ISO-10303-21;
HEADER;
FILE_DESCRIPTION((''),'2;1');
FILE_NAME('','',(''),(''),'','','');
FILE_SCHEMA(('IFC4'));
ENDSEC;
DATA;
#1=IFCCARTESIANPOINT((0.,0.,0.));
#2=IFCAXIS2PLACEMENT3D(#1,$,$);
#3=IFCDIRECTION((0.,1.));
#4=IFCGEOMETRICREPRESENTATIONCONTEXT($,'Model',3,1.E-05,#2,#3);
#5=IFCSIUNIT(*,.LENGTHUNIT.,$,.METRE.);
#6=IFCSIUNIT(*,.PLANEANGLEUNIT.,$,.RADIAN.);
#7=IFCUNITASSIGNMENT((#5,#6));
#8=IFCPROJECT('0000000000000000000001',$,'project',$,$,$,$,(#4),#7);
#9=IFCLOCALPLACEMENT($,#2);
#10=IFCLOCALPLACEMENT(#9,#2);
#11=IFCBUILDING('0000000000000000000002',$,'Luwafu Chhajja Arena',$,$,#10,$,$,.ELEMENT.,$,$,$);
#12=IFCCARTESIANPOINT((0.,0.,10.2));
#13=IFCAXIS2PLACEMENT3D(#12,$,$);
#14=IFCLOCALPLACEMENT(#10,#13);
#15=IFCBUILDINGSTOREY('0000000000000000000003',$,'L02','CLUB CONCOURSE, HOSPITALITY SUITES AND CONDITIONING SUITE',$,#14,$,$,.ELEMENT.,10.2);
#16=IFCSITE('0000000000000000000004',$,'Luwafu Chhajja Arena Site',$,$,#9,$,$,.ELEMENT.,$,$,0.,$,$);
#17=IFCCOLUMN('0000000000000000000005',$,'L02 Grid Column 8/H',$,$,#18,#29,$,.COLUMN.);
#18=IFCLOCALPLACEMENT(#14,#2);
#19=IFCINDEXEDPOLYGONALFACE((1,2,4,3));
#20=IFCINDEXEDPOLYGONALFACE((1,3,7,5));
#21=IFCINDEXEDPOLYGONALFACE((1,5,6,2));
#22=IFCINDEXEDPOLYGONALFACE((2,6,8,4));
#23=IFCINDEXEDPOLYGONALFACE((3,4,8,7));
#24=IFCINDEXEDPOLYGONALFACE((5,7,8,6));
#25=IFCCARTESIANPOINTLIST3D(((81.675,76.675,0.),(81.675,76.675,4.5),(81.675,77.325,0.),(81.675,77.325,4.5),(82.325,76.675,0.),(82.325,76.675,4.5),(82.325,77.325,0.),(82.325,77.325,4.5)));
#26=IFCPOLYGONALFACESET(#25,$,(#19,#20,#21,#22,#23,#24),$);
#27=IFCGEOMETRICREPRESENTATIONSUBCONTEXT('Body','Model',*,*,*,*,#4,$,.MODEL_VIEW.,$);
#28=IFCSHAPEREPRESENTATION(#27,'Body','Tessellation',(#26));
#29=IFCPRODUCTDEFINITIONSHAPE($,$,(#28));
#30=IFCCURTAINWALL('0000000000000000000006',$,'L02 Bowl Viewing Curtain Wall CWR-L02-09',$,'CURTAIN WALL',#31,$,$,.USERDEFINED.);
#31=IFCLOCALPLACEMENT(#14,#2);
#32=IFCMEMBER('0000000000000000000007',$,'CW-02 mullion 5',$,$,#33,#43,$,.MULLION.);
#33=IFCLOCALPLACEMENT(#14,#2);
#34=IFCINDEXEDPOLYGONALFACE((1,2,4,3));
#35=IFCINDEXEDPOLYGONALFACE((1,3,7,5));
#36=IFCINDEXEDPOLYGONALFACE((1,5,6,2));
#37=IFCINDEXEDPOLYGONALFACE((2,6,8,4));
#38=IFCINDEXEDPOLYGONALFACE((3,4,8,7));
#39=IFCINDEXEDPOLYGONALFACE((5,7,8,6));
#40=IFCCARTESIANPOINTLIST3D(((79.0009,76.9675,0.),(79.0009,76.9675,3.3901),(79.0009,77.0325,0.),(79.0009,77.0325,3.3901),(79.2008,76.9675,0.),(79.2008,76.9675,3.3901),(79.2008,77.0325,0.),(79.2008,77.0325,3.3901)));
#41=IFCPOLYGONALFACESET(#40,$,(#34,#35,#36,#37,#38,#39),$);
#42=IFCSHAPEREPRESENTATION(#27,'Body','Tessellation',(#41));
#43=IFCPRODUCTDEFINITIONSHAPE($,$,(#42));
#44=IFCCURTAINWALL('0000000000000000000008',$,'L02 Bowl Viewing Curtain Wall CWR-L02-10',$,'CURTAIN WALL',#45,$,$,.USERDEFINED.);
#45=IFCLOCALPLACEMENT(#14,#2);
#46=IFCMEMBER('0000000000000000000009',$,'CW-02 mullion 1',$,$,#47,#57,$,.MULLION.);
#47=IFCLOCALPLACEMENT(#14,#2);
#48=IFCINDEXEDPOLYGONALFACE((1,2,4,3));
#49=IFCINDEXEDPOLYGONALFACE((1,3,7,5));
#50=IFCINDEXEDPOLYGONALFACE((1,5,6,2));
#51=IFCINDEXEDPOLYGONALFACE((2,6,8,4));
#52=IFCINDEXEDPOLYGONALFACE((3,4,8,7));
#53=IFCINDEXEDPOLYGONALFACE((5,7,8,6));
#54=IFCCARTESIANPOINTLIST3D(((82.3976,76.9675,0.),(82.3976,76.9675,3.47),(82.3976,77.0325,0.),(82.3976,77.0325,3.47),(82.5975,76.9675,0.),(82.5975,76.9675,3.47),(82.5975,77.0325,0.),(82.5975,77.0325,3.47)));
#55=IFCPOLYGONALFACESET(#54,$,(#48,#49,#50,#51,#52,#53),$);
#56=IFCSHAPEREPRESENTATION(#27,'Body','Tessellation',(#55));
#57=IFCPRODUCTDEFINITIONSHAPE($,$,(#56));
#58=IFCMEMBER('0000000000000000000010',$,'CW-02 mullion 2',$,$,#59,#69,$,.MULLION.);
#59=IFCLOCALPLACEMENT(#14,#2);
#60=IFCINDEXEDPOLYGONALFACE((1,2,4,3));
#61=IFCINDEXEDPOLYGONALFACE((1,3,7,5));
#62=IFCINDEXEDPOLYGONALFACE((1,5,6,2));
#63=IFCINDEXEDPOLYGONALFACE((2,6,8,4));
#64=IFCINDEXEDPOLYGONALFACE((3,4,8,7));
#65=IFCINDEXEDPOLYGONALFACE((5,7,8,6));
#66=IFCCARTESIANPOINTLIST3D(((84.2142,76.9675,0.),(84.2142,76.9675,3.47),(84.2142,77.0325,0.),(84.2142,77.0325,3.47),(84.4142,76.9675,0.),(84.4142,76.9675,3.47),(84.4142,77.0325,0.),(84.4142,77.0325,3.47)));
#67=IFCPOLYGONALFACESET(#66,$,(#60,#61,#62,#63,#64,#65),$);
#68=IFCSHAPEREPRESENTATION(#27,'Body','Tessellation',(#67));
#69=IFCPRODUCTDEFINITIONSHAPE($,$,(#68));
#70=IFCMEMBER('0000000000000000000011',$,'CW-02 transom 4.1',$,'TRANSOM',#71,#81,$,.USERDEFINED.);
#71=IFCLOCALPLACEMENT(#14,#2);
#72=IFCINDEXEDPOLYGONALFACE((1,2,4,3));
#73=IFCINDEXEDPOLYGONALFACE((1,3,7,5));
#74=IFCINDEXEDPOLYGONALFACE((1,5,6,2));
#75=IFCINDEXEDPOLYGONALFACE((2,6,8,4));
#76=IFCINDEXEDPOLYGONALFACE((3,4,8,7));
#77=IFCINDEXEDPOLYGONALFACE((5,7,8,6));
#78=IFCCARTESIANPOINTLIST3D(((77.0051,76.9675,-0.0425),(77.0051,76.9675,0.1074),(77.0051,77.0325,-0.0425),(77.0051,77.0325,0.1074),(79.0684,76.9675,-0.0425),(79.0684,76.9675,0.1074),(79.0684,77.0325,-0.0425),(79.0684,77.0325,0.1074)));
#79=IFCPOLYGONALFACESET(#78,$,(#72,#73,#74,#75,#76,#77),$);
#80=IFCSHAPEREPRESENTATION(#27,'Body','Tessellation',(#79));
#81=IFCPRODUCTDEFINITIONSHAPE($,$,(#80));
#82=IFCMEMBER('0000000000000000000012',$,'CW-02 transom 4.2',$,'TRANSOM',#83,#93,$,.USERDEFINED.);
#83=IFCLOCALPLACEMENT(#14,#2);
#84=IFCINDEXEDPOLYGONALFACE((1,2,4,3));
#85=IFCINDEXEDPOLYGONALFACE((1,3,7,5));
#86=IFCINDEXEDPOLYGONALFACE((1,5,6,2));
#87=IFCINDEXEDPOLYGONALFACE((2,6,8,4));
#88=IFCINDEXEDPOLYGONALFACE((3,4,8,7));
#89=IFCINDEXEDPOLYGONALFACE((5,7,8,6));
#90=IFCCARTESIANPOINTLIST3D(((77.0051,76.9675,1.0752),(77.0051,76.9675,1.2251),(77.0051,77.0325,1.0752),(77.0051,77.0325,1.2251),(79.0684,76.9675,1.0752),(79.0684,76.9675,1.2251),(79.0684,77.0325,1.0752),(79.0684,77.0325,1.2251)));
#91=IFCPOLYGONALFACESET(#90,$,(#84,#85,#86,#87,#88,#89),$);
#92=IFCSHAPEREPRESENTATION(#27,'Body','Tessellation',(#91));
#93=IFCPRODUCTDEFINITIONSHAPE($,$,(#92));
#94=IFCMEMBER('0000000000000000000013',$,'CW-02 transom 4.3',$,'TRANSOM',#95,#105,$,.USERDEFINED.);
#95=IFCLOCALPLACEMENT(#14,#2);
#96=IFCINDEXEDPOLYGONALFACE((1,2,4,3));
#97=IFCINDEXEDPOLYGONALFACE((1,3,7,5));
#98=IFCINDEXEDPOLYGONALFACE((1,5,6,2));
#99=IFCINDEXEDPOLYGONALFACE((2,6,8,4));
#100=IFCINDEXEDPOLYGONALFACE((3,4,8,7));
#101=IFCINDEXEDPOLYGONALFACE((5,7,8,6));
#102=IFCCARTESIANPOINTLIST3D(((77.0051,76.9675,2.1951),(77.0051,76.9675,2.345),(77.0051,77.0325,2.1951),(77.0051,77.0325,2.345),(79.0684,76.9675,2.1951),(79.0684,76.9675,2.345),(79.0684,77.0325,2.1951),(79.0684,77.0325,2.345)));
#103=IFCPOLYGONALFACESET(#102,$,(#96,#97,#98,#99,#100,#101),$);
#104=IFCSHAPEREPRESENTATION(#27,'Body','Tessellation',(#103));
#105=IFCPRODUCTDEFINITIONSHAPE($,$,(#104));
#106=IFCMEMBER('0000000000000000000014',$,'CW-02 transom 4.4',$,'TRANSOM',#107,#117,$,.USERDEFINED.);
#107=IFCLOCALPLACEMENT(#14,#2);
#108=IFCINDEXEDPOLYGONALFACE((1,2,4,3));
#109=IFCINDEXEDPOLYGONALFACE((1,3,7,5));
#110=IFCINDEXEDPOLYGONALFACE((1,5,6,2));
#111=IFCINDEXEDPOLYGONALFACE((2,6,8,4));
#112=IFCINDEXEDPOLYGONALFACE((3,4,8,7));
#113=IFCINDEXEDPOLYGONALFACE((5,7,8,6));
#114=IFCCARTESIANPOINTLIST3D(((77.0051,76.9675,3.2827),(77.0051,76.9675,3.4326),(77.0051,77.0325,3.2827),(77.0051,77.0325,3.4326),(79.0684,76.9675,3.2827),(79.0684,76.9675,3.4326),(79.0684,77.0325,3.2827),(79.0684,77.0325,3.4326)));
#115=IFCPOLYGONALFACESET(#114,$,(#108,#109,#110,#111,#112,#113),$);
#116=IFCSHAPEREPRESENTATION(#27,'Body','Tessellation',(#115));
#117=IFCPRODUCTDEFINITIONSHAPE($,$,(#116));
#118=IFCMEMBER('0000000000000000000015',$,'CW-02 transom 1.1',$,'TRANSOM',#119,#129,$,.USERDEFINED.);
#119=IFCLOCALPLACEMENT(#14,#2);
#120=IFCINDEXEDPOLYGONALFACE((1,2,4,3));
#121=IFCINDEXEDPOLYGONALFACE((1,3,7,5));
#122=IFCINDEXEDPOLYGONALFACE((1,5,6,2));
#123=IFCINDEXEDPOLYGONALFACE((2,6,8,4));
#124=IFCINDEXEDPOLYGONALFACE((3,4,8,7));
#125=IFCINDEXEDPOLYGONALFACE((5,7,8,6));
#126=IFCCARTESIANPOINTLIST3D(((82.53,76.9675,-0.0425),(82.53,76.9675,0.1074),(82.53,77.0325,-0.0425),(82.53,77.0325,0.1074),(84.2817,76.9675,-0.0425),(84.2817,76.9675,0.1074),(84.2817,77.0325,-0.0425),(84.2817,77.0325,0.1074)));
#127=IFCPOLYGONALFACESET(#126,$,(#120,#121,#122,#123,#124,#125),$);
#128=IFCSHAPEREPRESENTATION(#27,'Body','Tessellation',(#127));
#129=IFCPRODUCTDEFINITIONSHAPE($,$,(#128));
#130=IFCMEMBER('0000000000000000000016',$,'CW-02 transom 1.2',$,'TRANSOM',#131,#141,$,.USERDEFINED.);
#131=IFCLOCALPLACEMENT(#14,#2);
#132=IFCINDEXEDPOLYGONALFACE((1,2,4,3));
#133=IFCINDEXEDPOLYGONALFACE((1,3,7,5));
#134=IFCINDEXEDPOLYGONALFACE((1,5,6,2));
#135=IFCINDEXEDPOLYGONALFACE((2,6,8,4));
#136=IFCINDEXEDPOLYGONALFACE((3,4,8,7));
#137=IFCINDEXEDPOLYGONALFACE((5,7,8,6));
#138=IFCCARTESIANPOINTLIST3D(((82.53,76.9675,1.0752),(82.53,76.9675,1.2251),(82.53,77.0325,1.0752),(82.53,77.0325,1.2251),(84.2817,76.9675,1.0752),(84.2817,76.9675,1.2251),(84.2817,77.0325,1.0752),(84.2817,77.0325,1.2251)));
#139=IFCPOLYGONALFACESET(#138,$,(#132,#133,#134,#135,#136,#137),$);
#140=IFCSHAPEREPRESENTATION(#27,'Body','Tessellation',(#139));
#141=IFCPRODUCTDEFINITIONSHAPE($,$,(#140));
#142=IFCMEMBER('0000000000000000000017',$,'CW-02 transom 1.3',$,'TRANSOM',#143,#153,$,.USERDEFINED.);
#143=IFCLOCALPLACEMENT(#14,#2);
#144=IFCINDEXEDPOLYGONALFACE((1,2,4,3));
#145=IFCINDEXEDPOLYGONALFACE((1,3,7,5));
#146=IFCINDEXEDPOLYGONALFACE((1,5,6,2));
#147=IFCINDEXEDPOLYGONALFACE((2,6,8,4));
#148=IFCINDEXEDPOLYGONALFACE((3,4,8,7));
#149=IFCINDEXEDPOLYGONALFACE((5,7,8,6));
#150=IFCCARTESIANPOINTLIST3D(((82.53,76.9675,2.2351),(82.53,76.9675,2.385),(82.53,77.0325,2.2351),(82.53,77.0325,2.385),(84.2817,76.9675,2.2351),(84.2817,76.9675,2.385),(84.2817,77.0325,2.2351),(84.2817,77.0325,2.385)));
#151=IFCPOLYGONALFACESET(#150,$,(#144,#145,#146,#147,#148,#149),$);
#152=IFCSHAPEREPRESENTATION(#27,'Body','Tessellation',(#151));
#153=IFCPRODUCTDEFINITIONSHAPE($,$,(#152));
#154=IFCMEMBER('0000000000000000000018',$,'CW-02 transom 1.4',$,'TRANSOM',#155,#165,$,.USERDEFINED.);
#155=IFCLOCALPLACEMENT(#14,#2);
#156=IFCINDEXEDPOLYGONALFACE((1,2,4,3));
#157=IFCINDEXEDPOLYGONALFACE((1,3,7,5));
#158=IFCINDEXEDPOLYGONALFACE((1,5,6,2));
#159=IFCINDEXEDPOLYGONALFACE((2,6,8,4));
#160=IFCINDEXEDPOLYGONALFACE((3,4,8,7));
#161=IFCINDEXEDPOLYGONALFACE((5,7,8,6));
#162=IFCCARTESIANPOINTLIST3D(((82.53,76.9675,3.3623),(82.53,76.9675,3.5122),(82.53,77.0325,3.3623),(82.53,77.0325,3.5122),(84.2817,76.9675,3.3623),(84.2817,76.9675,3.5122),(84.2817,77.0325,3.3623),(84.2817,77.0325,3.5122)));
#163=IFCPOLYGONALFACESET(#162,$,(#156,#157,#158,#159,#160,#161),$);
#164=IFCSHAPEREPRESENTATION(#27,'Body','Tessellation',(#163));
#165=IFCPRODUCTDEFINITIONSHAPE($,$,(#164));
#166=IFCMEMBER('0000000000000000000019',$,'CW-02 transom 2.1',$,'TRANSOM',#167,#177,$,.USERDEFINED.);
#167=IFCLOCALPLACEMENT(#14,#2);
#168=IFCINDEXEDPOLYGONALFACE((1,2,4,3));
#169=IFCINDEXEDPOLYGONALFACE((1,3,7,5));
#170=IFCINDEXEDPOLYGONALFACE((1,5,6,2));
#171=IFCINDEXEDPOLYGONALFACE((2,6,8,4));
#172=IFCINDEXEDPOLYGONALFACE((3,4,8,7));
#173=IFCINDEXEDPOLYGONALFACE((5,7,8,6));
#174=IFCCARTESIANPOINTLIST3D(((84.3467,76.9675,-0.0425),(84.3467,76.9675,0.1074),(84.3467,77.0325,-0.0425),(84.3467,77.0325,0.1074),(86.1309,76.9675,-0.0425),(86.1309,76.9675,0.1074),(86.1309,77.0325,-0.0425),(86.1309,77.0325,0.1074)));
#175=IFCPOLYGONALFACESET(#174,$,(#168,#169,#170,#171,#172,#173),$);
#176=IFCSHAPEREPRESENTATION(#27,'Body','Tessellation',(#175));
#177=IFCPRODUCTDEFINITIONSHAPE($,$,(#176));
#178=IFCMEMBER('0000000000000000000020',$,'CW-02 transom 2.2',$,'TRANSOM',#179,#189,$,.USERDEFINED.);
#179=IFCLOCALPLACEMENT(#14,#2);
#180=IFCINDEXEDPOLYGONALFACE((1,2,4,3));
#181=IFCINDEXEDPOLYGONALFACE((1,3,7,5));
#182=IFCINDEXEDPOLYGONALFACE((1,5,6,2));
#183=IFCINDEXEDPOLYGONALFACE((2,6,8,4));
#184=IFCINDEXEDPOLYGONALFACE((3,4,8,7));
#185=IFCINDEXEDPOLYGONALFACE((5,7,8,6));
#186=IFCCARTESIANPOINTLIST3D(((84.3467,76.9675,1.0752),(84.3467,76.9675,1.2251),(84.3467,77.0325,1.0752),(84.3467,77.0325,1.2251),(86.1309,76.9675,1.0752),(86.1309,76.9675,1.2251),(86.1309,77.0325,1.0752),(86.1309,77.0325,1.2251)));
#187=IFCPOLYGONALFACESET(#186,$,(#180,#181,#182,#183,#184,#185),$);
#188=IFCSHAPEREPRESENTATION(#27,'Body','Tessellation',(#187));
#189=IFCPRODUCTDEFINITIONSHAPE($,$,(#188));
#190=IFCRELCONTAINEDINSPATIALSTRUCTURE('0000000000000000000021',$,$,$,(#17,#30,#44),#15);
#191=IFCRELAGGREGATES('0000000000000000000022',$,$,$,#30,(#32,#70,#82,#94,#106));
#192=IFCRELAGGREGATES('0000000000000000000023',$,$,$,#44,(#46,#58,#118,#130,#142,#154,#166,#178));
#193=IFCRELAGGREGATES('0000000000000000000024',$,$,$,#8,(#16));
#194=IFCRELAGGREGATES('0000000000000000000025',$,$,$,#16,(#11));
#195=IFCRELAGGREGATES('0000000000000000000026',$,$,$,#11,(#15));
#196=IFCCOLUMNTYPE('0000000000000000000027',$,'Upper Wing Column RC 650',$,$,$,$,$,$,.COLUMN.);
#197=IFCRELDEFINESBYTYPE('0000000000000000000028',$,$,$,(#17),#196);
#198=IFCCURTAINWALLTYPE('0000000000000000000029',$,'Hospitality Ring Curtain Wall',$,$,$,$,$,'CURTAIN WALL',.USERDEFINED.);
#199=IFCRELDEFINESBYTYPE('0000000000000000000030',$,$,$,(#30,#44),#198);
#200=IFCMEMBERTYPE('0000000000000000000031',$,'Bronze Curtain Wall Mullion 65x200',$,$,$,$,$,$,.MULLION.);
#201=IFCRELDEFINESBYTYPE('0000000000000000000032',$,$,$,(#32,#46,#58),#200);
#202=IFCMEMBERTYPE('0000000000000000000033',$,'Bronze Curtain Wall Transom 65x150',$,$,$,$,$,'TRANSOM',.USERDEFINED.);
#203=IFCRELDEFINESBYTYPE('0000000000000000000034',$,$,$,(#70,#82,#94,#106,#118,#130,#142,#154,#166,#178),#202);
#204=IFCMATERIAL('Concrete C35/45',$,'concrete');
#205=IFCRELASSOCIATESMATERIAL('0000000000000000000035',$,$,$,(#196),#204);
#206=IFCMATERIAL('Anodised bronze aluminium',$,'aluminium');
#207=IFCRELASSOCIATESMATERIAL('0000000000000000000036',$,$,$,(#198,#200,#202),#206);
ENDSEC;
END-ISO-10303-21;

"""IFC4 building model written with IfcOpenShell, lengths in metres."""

from ifc_helpers import new_model, si_unit, direction, frame, origin, origin_2d, place, context, subcontext, project, spatial, rectangle, extrude, material, material_profile, profile_set, type_object, element, aggregate, save


model = new_model("IFC4")

# Units and contexts
model_context = context("Model", 3, precision=1e-05, world=origin(), true_north=direction((0.0, 1.0)))
body_context = subcontext(model_context, "Body", "Model", "MODEL_VIEW")
ifc_project = project(units=[si_unit("LENGTHUNIT", "METRE"), si_unit("PLANEANGLEUNIT", "RADIAN")], contexts=[model_context])

# Site, building, storey
site_placement = place(None, origin())
site = spatial("IfcSite", under=ifc_project, at=site_placement, Name="Luwafu Chhajja Arena Site", CompositionType="ELEMENT", RefElevation=0.0)
building_placement = place(site_placement, origin())
building = spatial("IfcBuilding", under=site, at=building_placement, Name="Luwafu Chhajja Arena", CompositionType="ELEMENT")
storey_placement = place(building_placement, frame((0.0, 0.0, 10.2)))
storey = spatial("IfcBuildingStorey", under=building, at=storey_placement, Name="L02", Description="CLUB CONCOURSE, HOSPITALITY SUITES AND CONDITIONING SUITE", CompositionType="ELEMENT", Elevation=10.2)

# Column
ifc_material_1 = material(Name="Concrete C35/45", Category="concrete")
ifc_material_profile_1 = material_profile(ifc_material_1, rectangle(XDim=0.6499, YDim=0.6499, at=origin_2d()), Name="RC 650x650")
ifc_profile_set_1 = profile_set([ifc_material_profile_1], Name="Concrete C35/45")
column_type = type_object("IfcColumnType", Name="Upper Wing Column RC 650", PredefinedType="COLUMN", material=ifc_profile_set_1)
column_placement = place(storey_placement, frame((82.0, 77.0, 0.0), z_axis=(0.0, 0.0, 1.0), x_axis=(1.0, 0.0, 0.0)))
element("IfcColumn", 1, at=column_placement, inside=storey, type_object=column_type, Name="L02 Grid Column 8/H", PredefinedType="COLUMN", context=body_context, shape_type="SweptSolid", body=[
    extrude(rectangle(XDim=0.6499, YDim=0.6499, at=origin_2d()), origin(), (0.0, 0.0, 1.0), 4.5),
])

# Curtain wall, member
ifc_material_2 = material(Name="Anodised bronze aluminium", Category="aluminium")
curtain_wall_type = type_object("IfcCurtainWallType", Name="Hospitality Ring Curtain Wall", ElementType="CURTAIN WALL", PredefinedType="USERDEFINED", material=ifc_material_2)
curtain_wall_1_placement = place(storey_placement, origin())
curtain_wall_1 = element("IfcCurtainWall", 2, at=curtain_wall_1_placement, inside=storey, type_object=curtain_wall_type, Name="L02 Bowl Viewing Curtain Wall CWR-L02-09", ObjectType="CURTAIN WALL", PredefinedType="USERDEFINED")
ifc_material_profile_2 = material_profile(ifc_material_2, rectangle(XDim=0.0649, YDim=0.2, at=origin_2d()), Name="CWM 65x200")
ifc_profile_set_2 = profile_set([ifc_material_profile_2], Name="Anodised bronze aluminium")
member_type_1 = type_object("IfcMemberType", Name="Bronze Curtain Wall Mullion 65x200", PredefinedType="MULLION", material=ifc_profile_set_2)
member_1_placement = place(storey_placement, frame((79.1008, 77.0, 0.0), z_axis=(0.0, 0.0, 1.0), x_axis=(0.0, 1.0, 0.0)))
member_1 = element("IfcMember", 3, at=member_1_placement, type_object=member_type_1, Name="CW-02 mullion 5", PredefinedType="MULLION", context=body_context, shape_type="SweptSolid", body=[
    extrude(rectangle(XDim=0.0649, YDim=0.2, at=origin_2d()), origin(), (0.0, 0.0, 1.0), 3.3901),
])

# Curtain wall, members
curtain_wall_2_placement = place(storey_placement, origin())
curtain_wall_2 = element("IfcCurtainWall", 4, at=curtain_wall_2_placement, inside=storey, type_object=curtain_wall_type, Name="L02 Bowl Viewing Curtain Wall CWR-L02-10", ObjectType="CURTAIN WALL", PredefinedType="USERDEFINED")
member_2_placement = place(storey_placement, frame((82.4976, 77.0, 0.0), z_axis=(0.0, 0.0, 1.0), x_axis=(0.0, 1.0, 0.0)))
member_2 = element("IfcMember", 5, at=member_2_placement, type_object=member_type_1, Name="CW-02 mullion 1", PredefinedType="MULLION", context=body_context, shape_type="SweptSolid", body=[
    extrude(rectangle(XDim=0.0649, YDim=0.2, at=origin_2d()), origin(), (0.0, 0.0, 1.0), 3.47),
])
member_3_placement = place(storey_placement, frame((84.3142, 77.0, 0.0), z_axis=(0.0, 0.0, 1.0), x_axis=(0.0, 1.0, 0.0)))
member_3 = element("IfcMember", 6, at=member_3_placement, type_object=member_type_1, Name="CW-02 mullion 2", PredefinedType="MULLION", context=body_context, shape_type="SweptSolid", body=[
    extrude(rectangle(XDim=0.0649, YDim=0.2, at=origin_2d()), origin(), (0.0, 0.0, 1.0), 3.47),
])

# Members
ifc_material_profile_3 = material_profile(ifc_material_2, rectangle(XDim=0.0649, YDim=0.1499, at=origin_2d()), Name="CWT 65x150")
ifc_profile_set_3 = profile_set([ifc_material_profile_3], Name="Anodised bronze aluminium")
member_type_2 = type_object("IfcMemberType", Name="Bronze Curtain Wall Transom 65x150", ElementType="TRANSOM", PredefinedType="USERDEFINED", material=ifc_profile_set_3)
member_4_placement = place(storey_placement, frame((77.0051, 77.0, 0.0325), z_axis=(1.0, 0.0, 0.0), x_axis=(0.0, 1.0, 0.0)))
member_4 = element("IfcMember", 7, at=member_4_placement, type_object=member_type_2, Name="CW-02 transom 4.1", ObjectType="TRANSOM", PredefinedType="USERDEFINED", context=body_context, shape_type="SweptSolid", body=[
    extrude(rectangle(XDim=0.0649, YDim=0.1499, at=origin_2d()), origin(), (0.0, 0.0, 1.0), 2.0632),
])
member_5_placement = place(storey_placement, frame((77.0051, 77.0, 1.1501), z_axis=(1.0, 0.0, 0.0), x_axis=(0.0, 1.0, 0.0)))
member_5 = element("IfcMember", 8, at=member_5_placement, type_object=member_type_2, Name="CW-02 transom 4.2", ObjectType="TRANSOM", PredefinedType="USERDEFINED", context=body_context, shape_type="SweptSolid", body=[
    extrude(rectangle(XDim=0.0649, YDim=0.1499, at=origin_2d()), origin(), (0.0, 0.0, 1.0), 2.0632),
])
member_6_placement = place(storey_placement, frame((77.0051, 77.0, 2.27), z_axis=(1.0, 0.0, 0.0), x_axis=(0.0, 1.0, 0.0)))
member_6 = element("IfcMember", 9, at=member_6_placement, type_object=member_type_2, Name="CW-02 transom 4.3", ObjectType="TRANSOM", PredefinedType="USERDEFINED", context=body_context, shape_type="SweptSolid", body=[
    extrude(rectangle(XDim=0.0649, YDim=0.1499, at=origin_2d()), origin(), (0.0, 0.0, 1.0), 2.0632),
])
member_7_placement = place(storey_placement, frame((77.0051, 77.0, 3.3577), z_axis=(1.0, 0.0, 0.0), x_axis=(0.0, 1.0, 0.0)))
member_7 = element("IfcMember", 10, at=member_7_placement, type_object=member_type_2, Name="CW-02 transom 4.4", ObjectType="TRANSOM", PredefinedType="USERDEFINED", context=body_context, shape_type="SweptSolid", body=[
    extrude(rectangle(XDim=0.0649, YDim=0.1499, at=origin_2d()), origin(), (0.0, 0.0, 1.0), 2.0632),
])
member_8_placement = place(storey_placement, frame((82.53, 77.0, 0.0325), z_axis=(1.0, 0.0, 0.0), x_axis=(0.0, 1.0, 0.0)))
member_8 = element("IfcMember", 11, at=member_8_placement, type_object=member_type_2, Name="CW-02 transom 1.1", ObjectType="TRANSOM", PredefinedType="USERDEFINED", context=body_context, shape_type="SweptSolid", body=[
    extrude(rectangle(XDim=0.0649, YDim=0.1499, at=origin_2d()), origin(), (0.0, 0.0, 1.0), 1.7517),
])
member_9_placement = place(storey_placement, frame((82.53, 77.0, 1.1501), z_axis=(1.0, 0.0, 0.0), x_axis=(0.0, 1.0, 0.0)))
member_9 = element("IfcMember", 12, at=member_9_placement, type_object=member_type_2, Name="CW-02 transom 1.2", ObjectType="TRANSOM", PredefinedType="USERDEFINED", context=body_context, shape_type="SweptSolid", body=[
    extrude(rectangle(XDim=0.0649, YDim=0.1499, at=origin_2d()), origin(), (0.0, 0.0, 1.0), 1.7517),
])
member_10_placement = place(storey_placement, frame((82.53, 77.0, 2.3101), z_axis=(1.0, 0.0, 0.0), x_axis=(0.0, 1.0, 0.0)))
member_10 = element("IfcMember", 13, at=member_10_placement, type_object=member_type_2, Name="CW-02 transom 1.3", ObjectType="TRANSOM", PredefinedType="USERDEFINED", context=body_context, shape_type="SweptSolid", body=[
    extrude(rectangle(XDim=0.0649, YDim=0.1499, at=origin_2d()), origin(), (0.0, 0.0, 1.0), 1.7517),
])
member_11_placement = place(storey_placement, frame((82.53, 77.0, 3.4373), z_axis=(1.0, 0.0, 0.0), x_axis=(0.0, 1.0, 0.0)))
member_11 = element("IfcMember", 14, at=member_11_placement, type_object=member_type_2, Name="CW-02 transom 1.4", ObjectType="TRANSOM", PredefinedType="USERDEFINED", context=body_context, shape_type="SweptSolid", body=[
    extrude(rectangle(XDim=0.0649, YDim=0.1499, at=origin_2d()), origin(), (0.0, 0.0, 1.0), 1.7517),
])
member_12_placement = place(storey_placement, frame((84.3467, 77.0, 0.0325), z_axis=(1.0, 0.0, 0.0), x_axis=(0.0, 1.0, 0.0)))
member_12 = element("IfcMember", 15, at=member_12_placement, type_object=member_type_2, Name="CW-02 transom 2.1", ObjectType="TRANSOM", PredefinedType="USERDEFINED", context=body_context, shape_type="SweptSolid", body=[
    extrude(rectangle(XDim=0.0649, YDim=0.1499, at=origin_2d()), origin(), (0.0, 0.0, 1.0), 1.7842),
])
member_13_placement = place(storey_placement, frame((84.3467, 77.0, 1.1501), z_axis=(1.0, 0.0, 0.0), x_axis=(0.0, 1.0, 0.0)))
member_13 = element("IfcMember", 16, at=member_13_placement, type_object=member_type_2, Name="CW-02 transom 2.2", ObjectType="TRANSOM", PredefinedType="USERDEFINED", context=body_context, shape_type="SweptSolid", body=[
    extrude(rectangle(XDim=0.0649, YDim=0.1499, at=origin_2d()), origin(), (0.0, 0.0, 1.0), 1.7842),
])

aggregate(curtain_wall_1, [member_1, member_4, member_5, member_6, member_7])
aggregate(curtain_wall_2, [member_2, member_3, member_8, member_9, member_10, member_11, member_12, member_13])

save(model, "model.ifc")
